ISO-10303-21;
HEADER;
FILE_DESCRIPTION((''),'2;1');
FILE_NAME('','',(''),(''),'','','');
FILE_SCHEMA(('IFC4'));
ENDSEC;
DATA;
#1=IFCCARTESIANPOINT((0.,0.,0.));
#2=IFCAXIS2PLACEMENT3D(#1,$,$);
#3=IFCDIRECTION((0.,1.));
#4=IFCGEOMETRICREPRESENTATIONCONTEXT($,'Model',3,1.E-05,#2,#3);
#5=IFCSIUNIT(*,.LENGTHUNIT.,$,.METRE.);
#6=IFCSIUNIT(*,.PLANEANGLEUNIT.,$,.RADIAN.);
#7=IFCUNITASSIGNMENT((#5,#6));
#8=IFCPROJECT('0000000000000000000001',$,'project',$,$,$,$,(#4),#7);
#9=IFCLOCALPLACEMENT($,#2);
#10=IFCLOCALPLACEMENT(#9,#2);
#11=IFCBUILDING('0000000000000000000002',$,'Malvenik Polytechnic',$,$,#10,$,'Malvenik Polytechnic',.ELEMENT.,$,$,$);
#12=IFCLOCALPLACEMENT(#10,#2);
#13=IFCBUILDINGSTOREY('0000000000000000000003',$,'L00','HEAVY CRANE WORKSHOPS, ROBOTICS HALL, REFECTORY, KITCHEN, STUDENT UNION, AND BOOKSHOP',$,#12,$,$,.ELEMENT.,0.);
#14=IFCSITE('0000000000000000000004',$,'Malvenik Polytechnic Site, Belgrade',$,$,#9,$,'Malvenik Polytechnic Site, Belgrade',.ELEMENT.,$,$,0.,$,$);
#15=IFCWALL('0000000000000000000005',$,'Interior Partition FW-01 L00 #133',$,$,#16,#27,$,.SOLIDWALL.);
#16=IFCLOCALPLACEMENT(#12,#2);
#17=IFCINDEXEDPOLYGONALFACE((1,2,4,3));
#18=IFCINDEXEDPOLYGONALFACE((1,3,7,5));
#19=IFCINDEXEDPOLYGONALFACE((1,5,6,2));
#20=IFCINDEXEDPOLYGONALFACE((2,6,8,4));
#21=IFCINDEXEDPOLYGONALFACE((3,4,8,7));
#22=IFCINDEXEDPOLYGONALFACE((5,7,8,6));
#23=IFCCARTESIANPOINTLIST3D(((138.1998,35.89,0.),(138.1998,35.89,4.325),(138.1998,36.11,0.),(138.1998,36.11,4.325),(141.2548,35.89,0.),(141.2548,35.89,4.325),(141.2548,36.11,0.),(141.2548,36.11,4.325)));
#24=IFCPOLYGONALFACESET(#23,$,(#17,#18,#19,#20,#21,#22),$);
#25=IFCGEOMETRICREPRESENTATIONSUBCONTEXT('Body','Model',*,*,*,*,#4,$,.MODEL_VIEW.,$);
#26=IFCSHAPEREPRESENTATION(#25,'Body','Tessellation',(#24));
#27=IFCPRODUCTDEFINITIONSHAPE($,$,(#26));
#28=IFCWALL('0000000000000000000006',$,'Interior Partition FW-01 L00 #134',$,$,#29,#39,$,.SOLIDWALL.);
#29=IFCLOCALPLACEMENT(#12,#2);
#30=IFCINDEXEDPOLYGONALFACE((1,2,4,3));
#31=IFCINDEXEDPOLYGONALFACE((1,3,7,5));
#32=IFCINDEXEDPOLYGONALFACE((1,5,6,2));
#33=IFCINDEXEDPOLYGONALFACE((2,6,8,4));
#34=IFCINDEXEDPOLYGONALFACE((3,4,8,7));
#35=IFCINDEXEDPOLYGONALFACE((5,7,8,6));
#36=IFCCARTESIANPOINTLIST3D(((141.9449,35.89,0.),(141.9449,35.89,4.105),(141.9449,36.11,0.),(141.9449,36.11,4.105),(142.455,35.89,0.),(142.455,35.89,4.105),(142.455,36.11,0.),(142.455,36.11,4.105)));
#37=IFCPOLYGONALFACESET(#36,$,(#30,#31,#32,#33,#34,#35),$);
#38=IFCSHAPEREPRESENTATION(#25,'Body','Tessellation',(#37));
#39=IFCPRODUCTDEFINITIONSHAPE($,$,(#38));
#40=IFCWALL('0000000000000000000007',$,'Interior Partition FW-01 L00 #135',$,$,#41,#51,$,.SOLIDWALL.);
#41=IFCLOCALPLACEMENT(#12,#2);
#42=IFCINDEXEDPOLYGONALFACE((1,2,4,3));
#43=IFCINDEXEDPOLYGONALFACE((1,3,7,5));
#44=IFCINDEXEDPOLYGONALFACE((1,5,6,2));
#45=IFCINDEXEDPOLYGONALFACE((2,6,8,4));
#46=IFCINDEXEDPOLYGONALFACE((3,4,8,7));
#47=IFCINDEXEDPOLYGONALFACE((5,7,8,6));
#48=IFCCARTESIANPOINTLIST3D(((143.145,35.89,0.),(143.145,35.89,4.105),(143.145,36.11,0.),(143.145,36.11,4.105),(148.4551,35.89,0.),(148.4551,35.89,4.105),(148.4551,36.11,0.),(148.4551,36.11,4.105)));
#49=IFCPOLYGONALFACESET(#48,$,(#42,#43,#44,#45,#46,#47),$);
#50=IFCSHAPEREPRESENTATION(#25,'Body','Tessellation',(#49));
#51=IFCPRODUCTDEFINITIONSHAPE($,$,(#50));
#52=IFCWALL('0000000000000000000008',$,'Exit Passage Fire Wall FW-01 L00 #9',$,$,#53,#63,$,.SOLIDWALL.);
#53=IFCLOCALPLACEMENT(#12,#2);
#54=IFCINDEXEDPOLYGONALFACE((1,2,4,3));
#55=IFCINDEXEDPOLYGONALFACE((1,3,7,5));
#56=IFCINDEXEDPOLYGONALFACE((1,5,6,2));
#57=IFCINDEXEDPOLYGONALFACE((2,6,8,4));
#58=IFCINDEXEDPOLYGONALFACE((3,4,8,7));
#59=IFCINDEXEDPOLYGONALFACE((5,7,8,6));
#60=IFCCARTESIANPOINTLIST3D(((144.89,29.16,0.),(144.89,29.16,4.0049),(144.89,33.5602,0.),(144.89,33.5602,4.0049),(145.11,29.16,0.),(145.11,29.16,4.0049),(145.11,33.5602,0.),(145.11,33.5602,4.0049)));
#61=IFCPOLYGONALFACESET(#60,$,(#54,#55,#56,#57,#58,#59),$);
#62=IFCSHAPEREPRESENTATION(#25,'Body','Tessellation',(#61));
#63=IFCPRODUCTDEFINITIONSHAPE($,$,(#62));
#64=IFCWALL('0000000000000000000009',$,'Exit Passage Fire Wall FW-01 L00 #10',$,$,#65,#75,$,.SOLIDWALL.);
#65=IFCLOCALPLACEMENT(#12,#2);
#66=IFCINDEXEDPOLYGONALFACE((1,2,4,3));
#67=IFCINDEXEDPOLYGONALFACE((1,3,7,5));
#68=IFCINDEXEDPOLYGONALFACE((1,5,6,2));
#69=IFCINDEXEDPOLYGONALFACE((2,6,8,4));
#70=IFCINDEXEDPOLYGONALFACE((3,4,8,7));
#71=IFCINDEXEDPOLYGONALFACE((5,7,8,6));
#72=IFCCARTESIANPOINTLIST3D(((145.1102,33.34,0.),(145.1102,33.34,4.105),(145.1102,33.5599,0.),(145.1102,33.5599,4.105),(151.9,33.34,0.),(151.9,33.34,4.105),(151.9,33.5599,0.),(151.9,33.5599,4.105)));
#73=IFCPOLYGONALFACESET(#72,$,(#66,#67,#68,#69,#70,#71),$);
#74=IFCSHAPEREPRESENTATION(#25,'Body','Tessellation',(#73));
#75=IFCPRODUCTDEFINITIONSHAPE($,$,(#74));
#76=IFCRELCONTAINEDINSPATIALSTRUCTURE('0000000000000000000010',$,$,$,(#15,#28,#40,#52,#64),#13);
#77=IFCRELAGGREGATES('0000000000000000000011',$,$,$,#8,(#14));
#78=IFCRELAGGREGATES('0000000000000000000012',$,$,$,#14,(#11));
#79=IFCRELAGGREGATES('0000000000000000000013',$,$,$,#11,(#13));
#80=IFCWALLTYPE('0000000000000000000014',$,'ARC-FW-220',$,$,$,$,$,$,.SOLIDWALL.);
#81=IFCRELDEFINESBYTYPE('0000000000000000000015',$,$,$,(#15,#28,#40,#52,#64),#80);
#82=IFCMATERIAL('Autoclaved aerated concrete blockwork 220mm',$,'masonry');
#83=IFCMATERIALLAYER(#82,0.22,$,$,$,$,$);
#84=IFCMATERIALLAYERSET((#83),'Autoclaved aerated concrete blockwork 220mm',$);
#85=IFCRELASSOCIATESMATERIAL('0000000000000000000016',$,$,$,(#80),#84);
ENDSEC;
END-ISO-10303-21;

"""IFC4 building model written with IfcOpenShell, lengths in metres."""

from ifc_helpers import new_model, si_unit, direction, frame, frame_2d, origin, place, context, subcontext, project, spatial, rectangle, extrude, material, layer, layer_set, type_object, element, save


model = new_model("IFC4")

# Units and contexts
model_context = context("Model", 3, precision=1e-05, world=origin(), true_north=direction((0.0, 1.0)))
body_context = subcontext(model_context, "Body", "Model", "MODEL_VIEW")
ifc_project = project(units=[si_unit("LENGTHUNIT", "METRE"), si_unit("PLANEANGLEUNIT", "RADIAN")], contexts=[model_context])

# Site, building, storey
site_placement = place(None, origin())
site = spatial("IfcSite", under=ifc_project, at=site_placement, Name="Malvenik Polytechnic Site, Belgrade", LongName="Malvenik Polytechnic Site, Belgrade", CompositionType="ELEMENT", RefElevation=0.0)
building_placement = place(site_placement, origin())
building = spatial("IfcBuilding", under=site, at=building_placement, Name="Malvenik Polytechnic", LongName="Malvenik Polytechnic", CompositionType="ELEMENT")
storey_placement = place(building_placement, origin())
storey = spatial("IfcBuildingStorey", under=building, at=storey_placement, Name="L00", Description="HEAVY CRANE WORKSHOPS, ROBOTICS HALL, REFECTORY, KITCHEN, STUDENT UNION, AND BOOKSHOP", CompositionType="ELEMENT", Elevation=0.0)

# Shared definitions
ifc_material_1 = material(Name="Autoclaved aerated concrete blockwork 220mm", Category="masonry")
ifc_layer_1 = layer(ifc_material_1, 0.22)
ifc_layer_set_1 = layer_set([ifc_layer_1], Name="Autoclaved aerated concrete blockwork 220mm")
wall_type_1 = type_object("IfcWallType", Name="ARC-FW-220", PredefinedType="SOLIDWALL", material=ifc_layer_set_1)

# Walls
wall_1_placement = place(storey_placement, frame((138.2, 36.0, 0.0), z_axis=(0.0, 0.0, 1.0), x_axis=(1.0, 0.0, 0.0)))
element("IfcWall", 1, at=wall_1_placement, inside=storey, type_object=wall_type_1, Name="Interior Partition FW-01 L00 #133", PredefinedType="SOLIDWALL", context=body_context, shape_type="SweptSolid", body=[
    extrude(rectangle(XDim=3.0549, YDim=0.22, at=frame_2d((1.5273, 0.0))), origin(), (0.0, 0.0, 1.0), 4.325),
])
wall_2_placement = place(storey_placement, frame((141.9451, 36.0, 0.0), z_axis=(0.0, 0.0, 1.0), x_axis=(1.0, 0.0, 0.0)))
element("IfcWall", 2, at=wall_2_placement, inside=storey, type_object=wall_type_1, Name="Interior Partition FW-01 L00 #134", PredefinedType="SOLIDWALL", context=body_context, shape_type="SweptSolid", body=[
    extrude(rectangle(XDim=0.51, YDim=0.22, at=frame_2d((0.2549, 0.0))), origin(), (0.0, 0.0, 1.0), 4.105),
])
wall_3_placement = place(storey_placement, frame((143.145, 36.0, 0.0), z_axis=(0.0, 0.0, 1.0), x_axis=(1.0, 0.0, 0.0)))
element("IfcWall", 3, at=wall_3_placement, inside=storey, type_object=wall_type_1, Name="Interior Partition FW-01 L00 #135", PredefinedType="SOLIDWALL", context=body_context, shape_type="SweptSolid", body=[
    extrude(rectangle(XDim=5.3101, YDim=0.22, at=frame_2d((2.655, 0.0))), origin(), (0.0, 0.0, 1.0), 4.105),
])
wall_4_placement = place(storey_placement, frame((145.0, 29.1599, 0.0), z_axis=(0.0, 0.0, 1.0), x_axis=(0.0, 1.0, 0.0)))
element("IfcWall", 4, at=wall_4_placement, inside=storey, type_object=wall_type_1, Name="Exit Passage Fire Wall FW-01 L00 #9", PredefinedType="SOLIDWALL", context=body_context, shape_type="SweptSolid", body=[
    extrude(rectangle(XDim=4.4001, YDim=0.22, at=frame_2d((2.2002, 0.0))), origin(), (0.0, 0.0, 1.0), 4.0049),
])
wall_5_placement = place(storey_placement, frame((145.1101, 33.45, 0.0), z_axis=(0.0, 0.0, 1.0), x_axis=(1.0, 0.0, 0.0)))
element("IfcWall", 5, at=wall_5_placement, inside=storey, type_object=wall_type_1, Name="Exit Passage Fire Wall FW-01 L00 #10", PredefinedType="SOLIDWALL", context=body_context, shape_type="SweptSolid", body=[
    extrude(rectangle(XDim=6.7898, YDim=0.22, at=frame_2d((3.395, 0.0))), origin(), (0.0, 0.0, 1.0), 4.105),
])

save(model, "model.ifc")
